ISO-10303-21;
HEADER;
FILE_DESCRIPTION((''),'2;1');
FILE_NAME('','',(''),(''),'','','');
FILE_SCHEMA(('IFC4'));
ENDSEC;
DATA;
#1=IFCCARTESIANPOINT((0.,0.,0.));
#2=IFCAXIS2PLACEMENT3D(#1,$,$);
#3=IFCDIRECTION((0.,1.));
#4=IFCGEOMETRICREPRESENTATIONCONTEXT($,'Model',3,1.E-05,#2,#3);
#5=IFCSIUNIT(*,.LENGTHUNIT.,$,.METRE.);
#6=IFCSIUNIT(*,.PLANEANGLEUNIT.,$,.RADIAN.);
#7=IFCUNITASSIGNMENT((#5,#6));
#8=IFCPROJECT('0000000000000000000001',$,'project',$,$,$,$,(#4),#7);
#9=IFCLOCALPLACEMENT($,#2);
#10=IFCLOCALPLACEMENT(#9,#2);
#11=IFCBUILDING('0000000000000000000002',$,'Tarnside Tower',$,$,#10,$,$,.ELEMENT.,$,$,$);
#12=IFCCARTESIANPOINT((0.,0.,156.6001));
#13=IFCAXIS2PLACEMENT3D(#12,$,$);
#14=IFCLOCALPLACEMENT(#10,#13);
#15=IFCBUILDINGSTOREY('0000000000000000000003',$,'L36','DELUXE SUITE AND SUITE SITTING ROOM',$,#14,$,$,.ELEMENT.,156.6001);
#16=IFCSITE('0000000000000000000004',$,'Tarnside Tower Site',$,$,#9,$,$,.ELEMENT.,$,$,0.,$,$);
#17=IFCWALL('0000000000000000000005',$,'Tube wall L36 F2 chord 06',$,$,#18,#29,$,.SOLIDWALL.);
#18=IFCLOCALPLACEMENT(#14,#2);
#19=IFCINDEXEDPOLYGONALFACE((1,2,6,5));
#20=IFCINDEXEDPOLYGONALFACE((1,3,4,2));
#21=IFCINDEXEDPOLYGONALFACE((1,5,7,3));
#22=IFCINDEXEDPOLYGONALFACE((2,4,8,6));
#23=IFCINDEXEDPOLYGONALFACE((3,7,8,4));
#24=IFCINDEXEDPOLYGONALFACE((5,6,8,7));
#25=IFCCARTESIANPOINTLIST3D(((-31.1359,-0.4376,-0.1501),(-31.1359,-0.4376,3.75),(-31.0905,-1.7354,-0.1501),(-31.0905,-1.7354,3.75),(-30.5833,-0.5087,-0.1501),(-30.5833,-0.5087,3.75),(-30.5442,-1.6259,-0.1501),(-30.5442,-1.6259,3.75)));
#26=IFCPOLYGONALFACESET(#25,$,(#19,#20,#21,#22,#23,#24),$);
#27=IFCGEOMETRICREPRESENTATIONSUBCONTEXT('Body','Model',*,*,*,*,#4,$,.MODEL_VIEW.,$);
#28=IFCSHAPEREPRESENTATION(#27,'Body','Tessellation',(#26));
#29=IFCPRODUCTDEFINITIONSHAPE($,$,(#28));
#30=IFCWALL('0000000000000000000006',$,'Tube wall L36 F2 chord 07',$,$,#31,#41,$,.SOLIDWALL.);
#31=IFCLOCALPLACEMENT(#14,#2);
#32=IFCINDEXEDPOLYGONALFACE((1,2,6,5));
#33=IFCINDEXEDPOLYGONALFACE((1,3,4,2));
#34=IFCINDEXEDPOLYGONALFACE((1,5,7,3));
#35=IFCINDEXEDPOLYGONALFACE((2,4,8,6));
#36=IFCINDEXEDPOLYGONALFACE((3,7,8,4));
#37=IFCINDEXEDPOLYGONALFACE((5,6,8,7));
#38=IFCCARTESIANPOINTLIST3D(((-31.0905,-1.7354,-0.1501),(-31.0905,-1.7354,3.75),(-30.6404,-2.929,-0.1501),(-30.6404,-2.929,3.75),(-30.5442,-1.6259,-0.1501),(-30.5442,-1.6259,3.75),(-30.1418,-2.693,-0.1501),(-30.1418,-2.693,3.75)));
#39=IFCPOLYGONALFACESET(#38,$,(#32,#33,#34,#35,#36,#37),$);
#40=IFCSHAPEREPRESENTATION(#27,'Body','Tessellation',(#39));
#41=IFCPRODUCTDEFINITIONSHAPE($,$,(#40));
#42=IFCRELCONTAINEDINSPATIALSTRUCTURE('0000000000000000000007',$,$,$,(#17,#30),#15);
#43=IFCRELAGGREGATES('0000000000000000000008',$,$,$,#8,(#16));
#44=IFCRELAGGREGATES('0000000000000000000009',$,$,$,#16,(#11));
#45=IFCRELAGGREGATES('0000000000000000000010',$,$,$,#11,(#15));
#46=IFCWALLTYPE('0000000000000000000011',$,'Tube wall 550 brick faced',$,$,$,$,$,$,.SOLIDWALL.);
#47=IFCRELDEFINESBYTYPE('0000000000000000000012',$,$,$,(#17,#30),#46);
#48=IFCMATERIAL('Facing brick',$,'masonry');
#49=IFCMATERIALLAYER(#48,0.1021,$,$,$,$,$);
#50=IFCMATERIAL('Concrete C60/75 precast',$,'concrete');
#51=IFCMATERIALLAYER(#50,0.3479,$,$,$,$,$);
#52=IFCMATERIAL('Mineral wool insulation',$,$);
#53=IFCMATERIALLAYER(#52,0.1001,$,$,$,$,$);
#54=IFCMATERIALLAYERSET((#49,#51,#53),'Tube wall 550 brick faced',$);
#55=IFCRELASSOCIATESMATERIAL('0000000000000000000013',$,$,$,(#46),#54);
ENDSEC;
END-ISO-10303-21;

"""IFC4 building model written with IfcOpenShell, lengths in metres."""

from ifc_helpers import new_model, si_unit, direction, frame, origin, place, context, subcontext, project, spatial, polyline, outline, extrude, material, layer, layer_set, type_object, element, save


model = new_model("IFC4")

# Units and contexts
model_context = context("Model", 3, precision=1e-05, world=origin(), true_north=direction((0.0, 1.0)))
body_context = subcontext(model_context, "Body", "Model", "MODEL_VIEW")
ifc_project = project(units=[si_unit("LENGTHUNIT", "METRE"), si_unit("PLANEANGLEUNIT", "RADIAN")], contexts=[model_context])

# Site, building, storey
site_placement = place(None, origin())
site = spatial("IfcSite", under=ifc_project, at=site_placement, Name="Tarnside Tower Site", CompositionType="ELEMENT", RefElevation=0.0)
building_placement = place(site_placement, origin())
building = spatial("IfcBuilding", under=site, at=building_placement, Name="Tarnside Tower", CompositionType="ELEMENT")
storey_placement = place(building_placement, frame((0.0, 0.0, 156.6001)))
storey = spatial("IfcBuildingStorey", under=building, at=storey_placement, Name="L36", Description="DELUXE SUITE AND SUITE SITTING ROOM", CompositionType="ELEMENT", Elevation=156.6001)

# Walls
ifc_material_1 = material(Name="Facing brick", Category="masonry")
ifc_layer_1 = layer(ifc_material_1, 0.1021)
ifc_material_2 = material(Name="Concrete C60/75 precast", Category="concrete")
ifc_layer_2 = layer(ifc_material_2, 0.3479)
ifc_material_3 = material(Name="Mineral wool insulation")
ifc_layer_3 = layer(ifc_material_3, 0.1001)
ifc_layer_set_1 = layer_set([ifc_layer_1, ifc_layer_2, ifc_layer_3], Name="Tube wall 550 brick faced")
wall_type_1 = type_object("IfcWallType", Name="Tube wall 550 brick faced", PredefinedType="SOLIDWALL", material=ifc_layer_set_1)
wall_1_placement = place(storey_placement, frame((-30.8596, -0.4731, -0.1501), z_axis=(0.0, 0.0, 1.0), x_axis=(0.034956, -0.999389, 0.0)))
element("IfcWall", 1, at=wall_1_placement, inside=storey, type_object=wall_type_1, Name="Tube wall L36 F2 chord 06", PredefinedType="SOLIDWALL", context=body_context, shape_type="SweptSolid", body=[
    extrude(outline(polyline([(-0.0452, -0.2749), (1.2534, -0.2749), (1.1631, 0.2749), (0.0452, 0.2749), (-0.0452, -0.2749)])), origin(), (0.0, 0.0, 1.0), 3.9001),
])
wall_2_placement = place(storey_placement, frame((-30.8174, -1.6807, -0.1501), z_axis=(0.0, 0.0, 1.0), x_axis=(0.35285, -0.93568, 0.0)))
element("IfcWall", 2, at=wall_2_placement, inside=storey, type_object=wall_type_1, Name="Tube wall L36 F2 chord 07", PredefinedType="SOLIDWALL", context=body_context, shape_type="SweptSolid", body=[
    extrude(outline(polyline([(-0.0452, -0.2749), (1.2305, -0.2749), (1.1855, 0.2749), (0.0452, 0.2749), (-0.0452, -0.2749)])), origin(), (0.0, 0.0, 1.0), 3.9001),
])

save(model, "model.ifc")
